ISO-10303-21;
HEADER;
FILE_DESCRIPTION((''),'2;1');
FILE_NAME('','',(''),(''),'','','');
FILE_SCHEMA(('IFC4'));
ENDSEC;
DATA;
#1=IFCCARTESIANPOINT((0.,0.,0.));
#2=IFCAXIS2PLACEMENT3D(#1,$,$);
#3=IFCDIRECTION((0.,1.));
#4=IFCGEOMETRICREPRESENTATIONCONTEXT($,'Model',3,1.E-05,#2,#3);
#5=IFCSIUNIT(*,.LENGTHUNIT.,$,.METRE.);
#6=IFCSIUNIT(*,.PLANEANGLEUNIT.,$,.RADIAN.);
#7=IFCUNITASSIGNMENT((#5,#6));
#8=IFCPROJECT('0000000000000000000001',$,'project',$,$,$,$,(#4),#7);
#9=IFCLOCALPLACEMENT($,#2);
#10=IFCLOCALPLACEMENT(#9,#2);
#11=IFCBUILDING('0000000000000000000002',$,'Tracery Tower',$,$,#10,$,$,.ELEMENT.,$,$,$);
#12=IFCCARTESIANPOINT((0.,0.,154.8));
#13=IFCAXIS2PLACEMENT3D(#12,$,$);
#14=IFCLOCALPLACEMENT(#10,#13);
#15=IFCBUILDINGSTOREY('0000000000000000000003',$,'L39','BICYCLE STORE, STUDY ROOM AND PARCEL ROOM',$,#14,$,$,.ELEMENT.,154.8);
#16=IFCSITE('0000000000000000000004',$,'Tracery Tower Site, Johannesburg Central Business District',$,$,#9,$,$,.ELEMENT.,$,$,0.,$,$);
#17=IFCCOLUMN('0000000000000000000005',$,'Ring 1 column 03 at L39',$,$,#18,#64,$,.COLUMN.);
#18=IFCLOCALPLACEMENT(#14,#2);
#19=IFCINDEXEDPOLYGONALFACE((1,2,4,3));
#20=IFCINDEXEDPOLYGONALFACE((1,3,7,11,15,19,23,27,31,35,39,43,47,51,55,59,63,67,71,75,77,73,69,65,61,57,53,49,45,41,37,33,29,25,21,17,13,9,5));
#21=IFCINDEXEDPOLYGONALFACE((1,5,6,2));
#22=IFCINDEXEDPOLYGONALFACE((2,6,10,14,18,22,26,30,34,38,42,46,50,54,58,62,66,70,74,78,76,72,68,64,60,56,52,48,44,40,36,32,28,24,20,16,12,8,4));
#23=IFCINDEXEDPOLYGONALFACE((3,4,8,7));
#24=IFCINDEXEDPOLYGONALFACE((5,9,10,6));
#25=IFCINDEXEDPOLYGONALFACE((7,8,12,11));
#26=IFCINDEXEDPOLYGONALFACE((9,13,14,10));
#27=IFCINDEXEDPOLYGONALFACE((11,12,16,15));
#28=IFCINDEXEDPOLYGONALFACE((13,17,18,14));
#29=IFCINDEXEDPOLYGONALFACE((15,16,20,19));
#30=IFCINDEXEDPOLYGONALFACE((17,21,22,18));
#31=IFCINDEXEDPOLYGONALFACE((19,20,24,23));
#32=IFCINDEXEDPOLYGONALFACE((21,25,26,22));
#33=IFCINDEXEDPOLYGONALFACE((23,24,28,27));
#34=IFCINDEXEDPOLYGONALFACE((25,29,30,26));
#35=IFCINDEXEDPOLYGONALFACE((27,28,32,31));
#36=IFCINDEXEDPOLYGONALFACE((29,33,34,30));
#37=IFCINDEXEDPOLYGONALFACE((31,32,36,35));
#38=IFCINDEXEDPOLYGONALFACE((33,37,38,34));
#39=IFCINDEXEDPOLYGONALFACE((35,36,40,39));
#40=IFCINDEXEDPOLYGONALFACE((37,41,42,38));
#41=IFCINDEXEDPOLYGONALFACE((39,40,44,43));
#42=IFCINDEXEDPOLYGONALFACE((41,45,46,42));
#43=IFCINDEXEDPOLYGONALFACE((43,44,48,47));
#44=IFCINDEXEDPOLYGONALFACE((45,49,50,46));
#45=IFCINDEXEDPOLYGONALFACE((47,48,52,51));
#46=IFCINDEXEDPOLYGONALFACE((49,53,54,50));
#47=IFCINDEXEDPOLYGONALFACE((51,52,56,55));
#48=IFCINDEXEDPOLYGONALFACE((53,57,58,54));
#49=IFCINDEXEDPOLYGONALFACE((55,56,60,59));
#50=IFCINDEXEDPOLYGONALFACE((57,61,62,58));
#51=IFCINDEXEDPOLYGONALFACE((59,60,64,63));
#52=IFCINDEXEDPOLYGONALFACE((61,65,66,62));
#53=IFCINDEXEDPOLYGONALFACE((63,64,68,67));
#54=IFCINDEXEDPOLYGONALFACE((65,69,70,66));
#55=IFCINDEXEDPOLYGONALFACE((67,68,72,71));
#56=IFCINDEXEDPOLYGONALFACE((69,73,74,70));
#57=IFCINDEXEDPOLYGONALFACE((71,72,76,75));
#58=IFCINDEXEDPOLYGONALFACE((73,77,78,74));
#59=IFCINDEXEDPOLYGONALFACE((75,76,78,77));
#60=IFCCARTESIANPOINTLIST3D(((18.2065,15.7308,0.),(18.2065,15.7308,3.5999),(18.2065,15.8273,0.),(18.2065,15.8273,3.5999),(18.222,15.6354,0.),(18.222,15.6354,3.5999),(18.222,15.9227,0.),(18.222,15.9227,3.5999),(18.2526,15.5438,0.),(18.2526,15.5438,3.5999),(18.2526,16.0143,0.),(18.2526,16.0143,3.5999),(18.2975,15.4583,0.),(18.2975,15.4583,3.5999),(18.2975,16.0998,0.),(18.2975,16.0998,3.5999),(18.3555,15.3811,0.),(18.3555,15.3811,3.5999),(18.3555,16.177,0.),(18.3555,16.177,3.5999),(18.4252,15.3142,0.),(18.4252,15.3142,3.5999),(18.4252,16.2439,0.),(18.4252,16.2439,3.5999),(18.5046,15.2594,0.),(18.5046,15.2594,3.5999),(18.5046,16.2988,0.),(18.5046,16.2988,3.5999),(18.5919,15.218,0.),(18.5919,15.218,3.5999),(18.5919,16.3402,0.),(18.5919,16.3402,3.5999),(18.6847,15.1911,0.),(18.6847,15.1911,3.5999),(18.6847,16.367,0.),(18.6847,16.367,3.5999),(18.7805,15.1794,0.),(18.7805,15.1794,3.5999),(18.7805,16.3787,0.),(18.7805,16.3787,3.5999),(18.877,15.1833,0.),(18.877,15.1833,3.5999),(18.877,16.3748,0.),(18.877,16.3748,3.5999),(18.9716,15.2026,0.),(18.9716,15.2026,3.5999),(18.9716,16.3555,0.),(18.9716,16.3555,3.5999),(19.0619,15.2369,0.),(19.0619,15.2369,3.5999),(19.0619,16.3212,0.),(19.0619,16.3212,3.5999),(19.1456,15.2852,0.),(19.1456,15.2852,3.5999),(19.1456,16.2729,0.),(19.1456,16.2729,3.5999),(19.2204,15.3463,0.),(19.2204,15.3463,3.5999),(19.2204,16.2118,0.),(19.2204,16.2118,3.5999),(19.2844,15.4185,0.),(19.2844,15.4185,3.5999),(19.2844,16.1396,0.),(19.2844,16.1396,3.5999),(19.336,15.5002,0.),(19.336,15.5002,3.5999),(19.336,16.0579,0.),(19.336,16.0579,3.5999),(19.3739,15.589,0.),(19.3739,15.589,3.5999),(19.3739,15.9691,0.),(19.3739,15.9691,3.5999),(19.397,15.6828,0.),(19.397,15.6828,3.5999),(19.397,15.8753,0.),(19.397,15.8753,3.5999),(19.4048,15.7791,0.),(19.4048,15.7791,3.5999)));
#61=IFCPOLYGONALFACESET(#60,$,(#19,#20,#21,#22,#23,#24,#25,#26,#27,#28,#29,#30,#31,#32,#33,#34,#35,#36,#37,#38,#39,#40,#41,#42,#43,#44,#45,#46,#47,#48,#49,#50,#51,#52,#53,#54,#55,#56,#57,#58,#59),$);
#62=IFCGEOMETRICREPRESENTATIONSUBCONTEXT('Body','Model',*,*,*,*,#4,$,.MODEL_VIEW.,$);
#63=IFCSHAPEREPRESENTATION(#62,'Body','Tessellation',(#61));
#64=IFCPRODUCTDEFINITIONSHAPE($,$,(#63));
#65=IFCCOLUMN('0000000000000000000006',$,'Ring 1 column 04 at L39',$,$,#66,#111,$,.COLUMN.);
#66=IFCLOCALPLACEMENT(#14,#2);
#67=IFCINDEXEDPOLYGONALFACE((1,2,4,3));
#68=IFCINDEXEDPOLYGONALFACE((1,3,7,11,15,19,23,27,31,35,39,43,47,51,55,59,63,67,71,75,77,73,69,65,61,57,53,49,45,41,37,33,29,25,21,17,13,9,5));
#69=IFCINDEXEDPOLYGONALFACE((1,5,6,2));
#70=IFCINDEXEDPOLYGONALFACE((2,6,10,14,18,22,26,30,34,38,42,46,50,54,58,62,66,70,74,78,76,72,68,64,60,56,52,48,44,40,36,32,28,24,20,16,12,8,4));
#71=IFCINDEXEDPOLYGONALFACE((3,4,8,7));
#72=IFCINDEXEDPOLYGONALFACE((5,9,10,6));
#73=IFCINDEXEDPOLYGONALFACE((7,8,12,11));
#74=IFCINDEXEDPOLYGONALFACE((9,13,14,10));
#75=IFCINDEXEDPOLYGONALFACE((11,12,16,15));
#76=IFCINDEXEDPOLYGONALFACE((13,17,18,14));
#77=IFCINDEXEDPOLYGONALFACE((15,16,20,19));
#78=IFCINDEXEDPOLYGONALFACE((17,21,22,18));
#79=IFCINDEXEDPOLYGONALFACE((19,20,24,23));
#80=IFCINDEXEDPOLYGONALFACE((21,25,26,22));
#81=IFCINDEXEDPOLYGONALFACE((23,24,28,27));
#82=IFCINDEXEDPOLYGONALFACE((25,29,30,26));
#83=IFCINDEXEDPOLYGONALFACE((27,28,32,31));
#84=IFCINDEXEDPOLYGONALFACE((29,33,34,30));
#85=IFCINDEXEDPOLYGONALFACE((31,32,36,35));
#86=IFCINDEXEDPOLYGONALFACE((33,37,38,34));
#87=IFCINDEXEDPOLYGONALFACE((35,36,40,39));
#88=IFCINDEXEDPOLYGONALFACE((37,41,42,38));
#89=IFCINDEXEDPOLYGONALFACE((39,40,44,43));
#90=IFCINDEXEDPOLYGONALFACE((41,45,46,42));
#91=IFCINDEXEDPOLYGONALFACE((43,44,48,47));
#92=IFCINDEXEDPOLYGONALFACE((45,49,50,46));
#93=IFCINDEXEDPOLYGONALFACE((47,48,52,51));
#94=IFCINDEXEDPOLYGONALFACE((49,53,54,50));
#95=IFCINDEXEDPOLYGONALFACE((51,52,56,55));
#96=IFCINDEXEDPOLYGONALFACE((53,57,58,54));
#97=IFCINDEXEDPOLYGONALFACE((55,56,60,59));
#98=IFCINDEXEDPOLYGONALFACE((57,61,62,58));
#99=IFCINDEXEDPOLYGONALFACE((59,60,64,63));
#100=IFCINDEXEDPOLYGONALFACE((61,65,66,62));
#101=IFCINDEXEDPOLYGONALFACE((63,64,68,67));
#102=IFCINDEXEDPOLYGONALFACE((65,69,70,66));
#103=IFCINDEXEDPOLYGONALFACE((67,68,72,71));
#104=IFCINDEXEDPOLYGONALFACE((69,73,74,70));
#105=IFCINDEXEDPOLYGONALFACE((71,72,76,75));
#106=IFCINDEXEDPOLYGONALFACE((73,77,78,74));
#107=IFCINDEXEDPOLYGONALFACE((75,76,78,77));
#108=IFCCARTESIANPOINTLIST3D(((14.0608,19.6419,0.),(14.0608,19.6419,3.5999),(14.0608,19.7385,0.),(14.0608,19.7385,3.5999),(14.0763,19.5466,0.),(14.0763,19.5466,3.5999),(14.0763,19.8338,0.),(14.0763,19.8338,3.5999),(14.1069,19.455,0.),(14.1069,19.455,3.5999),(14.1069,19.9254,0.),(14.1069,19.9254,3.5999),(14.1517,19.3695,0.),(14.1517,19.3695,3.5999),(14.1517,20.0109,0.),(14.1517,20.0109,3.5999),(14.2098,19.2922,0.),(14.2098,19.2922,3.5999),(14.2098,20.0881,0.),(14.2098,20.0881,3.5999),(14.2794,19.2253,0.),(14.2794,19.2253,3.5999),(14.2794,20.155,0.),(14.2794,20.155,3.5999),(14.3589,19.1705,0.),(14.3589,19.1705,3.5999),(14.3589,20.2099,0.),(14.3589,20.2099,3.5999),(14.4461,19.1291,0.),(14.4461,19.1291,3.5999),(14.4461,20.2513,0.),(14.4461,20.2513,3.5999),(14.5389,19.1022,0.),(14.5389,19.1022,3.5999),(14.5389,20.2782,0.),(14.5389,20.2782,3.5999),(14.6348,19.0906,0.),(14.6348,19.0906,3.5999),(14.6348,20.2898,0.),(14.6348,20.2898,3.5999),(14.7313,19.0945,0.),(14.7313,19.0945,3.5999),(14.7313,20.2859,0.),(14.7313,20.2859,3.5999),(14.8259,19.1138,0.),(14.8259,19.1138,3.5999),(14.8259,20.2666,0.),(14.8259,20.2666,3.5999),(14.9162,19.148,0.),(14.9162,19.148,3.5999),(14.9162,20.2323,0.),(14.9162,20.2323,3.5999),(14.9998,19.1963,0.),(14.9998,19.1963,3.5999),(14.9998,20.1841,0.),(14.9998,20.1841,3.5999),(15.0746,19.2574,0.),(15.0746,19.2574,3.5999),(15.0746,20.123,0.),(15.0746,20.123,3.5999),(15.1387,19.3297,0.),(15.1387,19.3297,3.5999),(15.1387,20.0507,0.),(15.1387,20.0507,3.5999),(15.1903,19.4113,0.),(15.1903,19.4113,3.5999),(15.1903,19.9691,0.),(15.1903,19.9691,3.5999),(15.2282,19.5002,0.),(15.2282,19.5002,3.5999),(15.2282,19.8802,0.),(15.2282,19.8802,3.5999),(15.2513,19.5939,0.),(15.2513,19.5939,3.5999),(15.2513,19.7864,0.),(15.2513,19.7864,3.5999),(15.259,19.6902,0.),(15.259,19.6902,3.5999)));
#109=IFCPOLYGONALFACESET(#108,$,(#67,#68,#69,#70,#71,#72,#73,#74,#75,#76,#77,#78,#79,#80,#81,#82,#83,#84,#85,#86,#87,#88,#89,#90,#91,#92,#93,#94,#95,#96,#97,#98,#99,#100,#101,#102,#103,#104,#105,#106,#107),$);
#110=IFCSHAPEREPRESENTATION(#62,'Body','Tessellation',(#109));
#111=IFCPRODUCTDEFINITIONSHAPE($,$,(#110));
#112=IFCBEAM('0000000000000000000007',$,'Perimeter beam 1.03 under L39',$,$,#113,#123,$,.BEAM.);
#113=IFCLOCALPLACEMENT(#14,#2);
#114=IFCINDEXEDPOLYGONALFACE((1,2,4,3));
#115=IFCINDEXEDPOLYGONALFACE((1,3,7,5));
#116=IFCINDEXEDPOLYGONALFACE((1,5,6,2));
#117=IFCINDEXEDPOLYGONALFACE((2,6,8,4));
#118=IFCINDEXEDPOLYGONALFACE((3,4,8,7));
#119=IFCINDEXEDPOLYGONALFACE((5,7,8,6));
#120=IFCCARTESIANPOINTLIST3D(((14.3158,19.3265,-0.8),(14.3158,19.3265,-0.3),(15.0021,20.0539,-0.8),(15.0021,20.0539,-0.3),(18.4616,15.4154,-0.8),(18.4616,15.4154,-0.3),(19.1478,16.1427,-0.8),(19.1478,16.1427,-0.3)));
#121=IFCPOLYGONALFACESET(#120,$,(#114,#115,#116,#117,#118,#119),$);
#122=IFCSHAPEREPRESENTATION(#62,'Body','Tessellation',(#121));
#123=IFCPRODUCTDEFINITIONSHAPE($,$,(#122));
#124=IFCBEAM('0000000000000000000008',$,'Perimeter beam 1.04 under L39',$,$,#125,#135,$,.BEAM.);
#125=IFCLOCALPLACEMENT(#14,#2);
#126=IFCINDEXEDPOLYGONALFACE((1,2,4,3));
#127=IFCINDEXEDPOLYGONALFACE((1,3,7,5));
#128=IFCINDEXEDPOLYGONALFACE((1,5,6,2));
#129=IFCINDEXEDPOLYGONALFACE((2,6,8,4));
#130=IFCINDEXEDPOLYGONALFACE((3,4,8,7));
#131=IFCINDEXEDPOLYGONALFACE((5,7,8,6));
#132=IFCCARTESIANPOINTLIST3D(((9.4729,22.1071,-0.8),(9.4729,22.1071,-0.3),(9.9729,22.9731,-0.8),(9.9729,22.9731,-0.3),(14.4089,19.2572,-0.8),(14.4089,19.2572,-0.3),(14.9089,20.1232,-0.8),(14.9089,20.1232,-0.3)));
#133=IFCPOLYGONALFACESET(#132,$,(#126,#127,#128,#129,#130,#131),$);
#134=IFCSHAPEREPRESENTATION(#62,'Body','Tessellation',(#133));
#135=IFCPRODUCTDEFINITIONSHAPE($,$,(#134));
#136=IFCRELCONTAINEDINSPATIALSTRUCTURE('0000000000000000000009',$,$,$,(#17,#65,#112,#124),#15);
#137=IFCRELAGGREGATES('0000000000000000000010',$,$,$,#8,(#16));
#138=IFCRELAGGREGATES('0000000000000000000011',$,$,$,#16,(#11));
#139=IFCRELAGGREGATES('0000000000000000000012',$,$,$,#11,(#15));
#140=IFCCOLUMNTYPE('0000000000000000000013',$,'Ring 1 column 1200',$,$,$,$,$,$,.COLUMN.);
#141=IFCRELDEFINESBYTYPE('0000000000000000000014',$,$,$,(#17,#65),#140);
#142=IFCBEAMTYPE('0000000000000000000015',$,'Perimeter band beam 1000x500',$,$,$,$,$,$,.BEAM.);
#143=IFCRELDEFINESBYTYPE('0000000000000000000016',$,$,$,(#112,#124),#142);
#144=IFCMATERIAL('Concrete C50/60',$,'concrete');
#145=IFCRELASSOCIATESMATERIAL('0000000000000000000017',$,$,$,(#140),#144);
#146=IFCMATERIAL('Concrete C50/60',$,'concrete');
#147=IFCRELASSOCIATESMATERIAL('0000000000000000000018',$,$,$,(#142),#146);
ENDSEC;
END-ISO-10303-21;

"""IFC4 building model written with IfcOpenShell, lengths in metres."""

from ifc_helpers import new_model, si_unit, direction, frame, origin, origin_2d, place, context, subcontext, project, spatial, rectangle, circle, extrude, material, material_profile, profile_set, type_object, element, save


model = new_model("IFC4")

# Units and contexts
model_context = context("Model", 3, precision=1e-05, world=origin(), true_north=direction((0.0, 1.0)))
body_context = subcontext(model_context, "Body", "Model", "MODEL_VIEW")
ifc_project = project(units=[si_unit("LENGTHUNIT", "METRE"), si_unit("PLANEANGLEUNIT", "RADIAN")], contexts=[model_context])

# Site, building, storey
site_placement = place(None, origin())
site = spatial("IfcSite", under=ifc_project, at=site_placement, Name="Tracery Tower Site, Johannesburg Central Business District", CompositionType="ELEMENT", RefElevation=0.0)
building_placement = place(site_placement, origin())
building = spatial("IfcBuilding", under=site, at=building_placement, Name="Tracery Tower", CompositionType="ELEMENT")
storey_placement = place(building_placement, frame((0.0, 0.0, 154.8)))
storey = spatial("IfcBuildingStorey", under=building, at=storey_placement, Name="L39", Description="BICYCLE STORE, STUDY ROOM AND PARCEL ROOM", CompositionType="ELEMENT", Elevation=154.8)

# Columns
ifc_material_1 = material(Name="Concrete C50/60", Category="concrete")
ifc_material_profile_1 = material_profile(ifc_material_1, circle(Radius=0.6001, at=origin_2d()), Name="RC D1200")
ifc_profile_set_1 = profile_set([ifc_material_profile_1], Name="Concrete C50/60")
column_type = type_object("IfcColumnType", Name="Ring 1 column 1200", PredefinedType="COLUMN", material=ifc_profile_set_1)
for number, where, z_axis, x_axis, name in (
    (1, (18.8047, 15.7791, 0.0), (0.0, 0.0, 1.0), (1.0, 0.0, 0.0), "Ring 1 column 03 at L39"),
    (2, (14.6589, 19.6902, 0.0), (0.0, 0.0, 1.0), (1.0, 0.0, 0.0), "Ring 1 column 04 at L39"),
):
    element("IfcColumn", number, at=place(storey_placement, frame(where, z_axis=z_axis, x_axis=x_axis)), inside=storey, type_object=column_type, Name=name, PredefinedType="COLUMN", context=body_context, shape_type="SweptSolid", body=[
        extrude(circle(Radius=0.6001, at=origin_2d()), origin(), (0.0, 0.0, 1.0), 3.5999),
    ])

# Beams
ifc_material_2 = material(Name="Concrete C50/60", Category="concrete")
ifc_material_profile_2 = material_profile(ifc_material_2, rectangle(XDim=1.0, YDim=0.5, at=origin_2d()), Name="RC 1000x500")
ifc_profile_set_2 = profile_set([ifc_material_profile_2], Name="Concrete C50/60")
beam_type = type_object("IfcBeamType", Name="Perimeter band beam 1000x500", PredefinedType="BEAM", material=ifc_profile_set_2)
beam_1_placement = place(storey_placement, frame((18.8047, 15.7791, -0.55), z_axis=(-0.72739, 0.686225, 0.0), x_axis=(-0.686225, -0.72739, 0.0)))
element("IfcBeam", 3, at=beam_1_placement, inside=storey, type_object=beam_type, Name="Perimeter beam 1.03 under L39", PredefinedType="BEAM", context=body_context, shape_type="SweptSolid", body=[
    extrude(rectangle(XDim=1.0, YDim=0.5, at=origin_2d()), origin(), (0.0, 0.0, 1.0), 5.6995),
])
beam_2_placement = place(storey_placement, frame((14.6589, 19.6902, -0.55), z_axis=(-0.866023, 0.500004, 0.0), x_axis=(-0.500004, -0.866023, 0.0)))
element("IfcBeam", 4, at=beam_2_placement, inside=storey, type_object=beam_type, Name="Perimeter beam 1.04 under L39", PredefinedType="BEAM", context=body_context, shape_type="SweptSolid", body=[
    extrude(rectangle(XDim=1.0, YDim=0.5, at=origin_2d()), origin(), (0.0, 0.0, 1.0), 5.6997),
])

save(model, "model.ifc")
